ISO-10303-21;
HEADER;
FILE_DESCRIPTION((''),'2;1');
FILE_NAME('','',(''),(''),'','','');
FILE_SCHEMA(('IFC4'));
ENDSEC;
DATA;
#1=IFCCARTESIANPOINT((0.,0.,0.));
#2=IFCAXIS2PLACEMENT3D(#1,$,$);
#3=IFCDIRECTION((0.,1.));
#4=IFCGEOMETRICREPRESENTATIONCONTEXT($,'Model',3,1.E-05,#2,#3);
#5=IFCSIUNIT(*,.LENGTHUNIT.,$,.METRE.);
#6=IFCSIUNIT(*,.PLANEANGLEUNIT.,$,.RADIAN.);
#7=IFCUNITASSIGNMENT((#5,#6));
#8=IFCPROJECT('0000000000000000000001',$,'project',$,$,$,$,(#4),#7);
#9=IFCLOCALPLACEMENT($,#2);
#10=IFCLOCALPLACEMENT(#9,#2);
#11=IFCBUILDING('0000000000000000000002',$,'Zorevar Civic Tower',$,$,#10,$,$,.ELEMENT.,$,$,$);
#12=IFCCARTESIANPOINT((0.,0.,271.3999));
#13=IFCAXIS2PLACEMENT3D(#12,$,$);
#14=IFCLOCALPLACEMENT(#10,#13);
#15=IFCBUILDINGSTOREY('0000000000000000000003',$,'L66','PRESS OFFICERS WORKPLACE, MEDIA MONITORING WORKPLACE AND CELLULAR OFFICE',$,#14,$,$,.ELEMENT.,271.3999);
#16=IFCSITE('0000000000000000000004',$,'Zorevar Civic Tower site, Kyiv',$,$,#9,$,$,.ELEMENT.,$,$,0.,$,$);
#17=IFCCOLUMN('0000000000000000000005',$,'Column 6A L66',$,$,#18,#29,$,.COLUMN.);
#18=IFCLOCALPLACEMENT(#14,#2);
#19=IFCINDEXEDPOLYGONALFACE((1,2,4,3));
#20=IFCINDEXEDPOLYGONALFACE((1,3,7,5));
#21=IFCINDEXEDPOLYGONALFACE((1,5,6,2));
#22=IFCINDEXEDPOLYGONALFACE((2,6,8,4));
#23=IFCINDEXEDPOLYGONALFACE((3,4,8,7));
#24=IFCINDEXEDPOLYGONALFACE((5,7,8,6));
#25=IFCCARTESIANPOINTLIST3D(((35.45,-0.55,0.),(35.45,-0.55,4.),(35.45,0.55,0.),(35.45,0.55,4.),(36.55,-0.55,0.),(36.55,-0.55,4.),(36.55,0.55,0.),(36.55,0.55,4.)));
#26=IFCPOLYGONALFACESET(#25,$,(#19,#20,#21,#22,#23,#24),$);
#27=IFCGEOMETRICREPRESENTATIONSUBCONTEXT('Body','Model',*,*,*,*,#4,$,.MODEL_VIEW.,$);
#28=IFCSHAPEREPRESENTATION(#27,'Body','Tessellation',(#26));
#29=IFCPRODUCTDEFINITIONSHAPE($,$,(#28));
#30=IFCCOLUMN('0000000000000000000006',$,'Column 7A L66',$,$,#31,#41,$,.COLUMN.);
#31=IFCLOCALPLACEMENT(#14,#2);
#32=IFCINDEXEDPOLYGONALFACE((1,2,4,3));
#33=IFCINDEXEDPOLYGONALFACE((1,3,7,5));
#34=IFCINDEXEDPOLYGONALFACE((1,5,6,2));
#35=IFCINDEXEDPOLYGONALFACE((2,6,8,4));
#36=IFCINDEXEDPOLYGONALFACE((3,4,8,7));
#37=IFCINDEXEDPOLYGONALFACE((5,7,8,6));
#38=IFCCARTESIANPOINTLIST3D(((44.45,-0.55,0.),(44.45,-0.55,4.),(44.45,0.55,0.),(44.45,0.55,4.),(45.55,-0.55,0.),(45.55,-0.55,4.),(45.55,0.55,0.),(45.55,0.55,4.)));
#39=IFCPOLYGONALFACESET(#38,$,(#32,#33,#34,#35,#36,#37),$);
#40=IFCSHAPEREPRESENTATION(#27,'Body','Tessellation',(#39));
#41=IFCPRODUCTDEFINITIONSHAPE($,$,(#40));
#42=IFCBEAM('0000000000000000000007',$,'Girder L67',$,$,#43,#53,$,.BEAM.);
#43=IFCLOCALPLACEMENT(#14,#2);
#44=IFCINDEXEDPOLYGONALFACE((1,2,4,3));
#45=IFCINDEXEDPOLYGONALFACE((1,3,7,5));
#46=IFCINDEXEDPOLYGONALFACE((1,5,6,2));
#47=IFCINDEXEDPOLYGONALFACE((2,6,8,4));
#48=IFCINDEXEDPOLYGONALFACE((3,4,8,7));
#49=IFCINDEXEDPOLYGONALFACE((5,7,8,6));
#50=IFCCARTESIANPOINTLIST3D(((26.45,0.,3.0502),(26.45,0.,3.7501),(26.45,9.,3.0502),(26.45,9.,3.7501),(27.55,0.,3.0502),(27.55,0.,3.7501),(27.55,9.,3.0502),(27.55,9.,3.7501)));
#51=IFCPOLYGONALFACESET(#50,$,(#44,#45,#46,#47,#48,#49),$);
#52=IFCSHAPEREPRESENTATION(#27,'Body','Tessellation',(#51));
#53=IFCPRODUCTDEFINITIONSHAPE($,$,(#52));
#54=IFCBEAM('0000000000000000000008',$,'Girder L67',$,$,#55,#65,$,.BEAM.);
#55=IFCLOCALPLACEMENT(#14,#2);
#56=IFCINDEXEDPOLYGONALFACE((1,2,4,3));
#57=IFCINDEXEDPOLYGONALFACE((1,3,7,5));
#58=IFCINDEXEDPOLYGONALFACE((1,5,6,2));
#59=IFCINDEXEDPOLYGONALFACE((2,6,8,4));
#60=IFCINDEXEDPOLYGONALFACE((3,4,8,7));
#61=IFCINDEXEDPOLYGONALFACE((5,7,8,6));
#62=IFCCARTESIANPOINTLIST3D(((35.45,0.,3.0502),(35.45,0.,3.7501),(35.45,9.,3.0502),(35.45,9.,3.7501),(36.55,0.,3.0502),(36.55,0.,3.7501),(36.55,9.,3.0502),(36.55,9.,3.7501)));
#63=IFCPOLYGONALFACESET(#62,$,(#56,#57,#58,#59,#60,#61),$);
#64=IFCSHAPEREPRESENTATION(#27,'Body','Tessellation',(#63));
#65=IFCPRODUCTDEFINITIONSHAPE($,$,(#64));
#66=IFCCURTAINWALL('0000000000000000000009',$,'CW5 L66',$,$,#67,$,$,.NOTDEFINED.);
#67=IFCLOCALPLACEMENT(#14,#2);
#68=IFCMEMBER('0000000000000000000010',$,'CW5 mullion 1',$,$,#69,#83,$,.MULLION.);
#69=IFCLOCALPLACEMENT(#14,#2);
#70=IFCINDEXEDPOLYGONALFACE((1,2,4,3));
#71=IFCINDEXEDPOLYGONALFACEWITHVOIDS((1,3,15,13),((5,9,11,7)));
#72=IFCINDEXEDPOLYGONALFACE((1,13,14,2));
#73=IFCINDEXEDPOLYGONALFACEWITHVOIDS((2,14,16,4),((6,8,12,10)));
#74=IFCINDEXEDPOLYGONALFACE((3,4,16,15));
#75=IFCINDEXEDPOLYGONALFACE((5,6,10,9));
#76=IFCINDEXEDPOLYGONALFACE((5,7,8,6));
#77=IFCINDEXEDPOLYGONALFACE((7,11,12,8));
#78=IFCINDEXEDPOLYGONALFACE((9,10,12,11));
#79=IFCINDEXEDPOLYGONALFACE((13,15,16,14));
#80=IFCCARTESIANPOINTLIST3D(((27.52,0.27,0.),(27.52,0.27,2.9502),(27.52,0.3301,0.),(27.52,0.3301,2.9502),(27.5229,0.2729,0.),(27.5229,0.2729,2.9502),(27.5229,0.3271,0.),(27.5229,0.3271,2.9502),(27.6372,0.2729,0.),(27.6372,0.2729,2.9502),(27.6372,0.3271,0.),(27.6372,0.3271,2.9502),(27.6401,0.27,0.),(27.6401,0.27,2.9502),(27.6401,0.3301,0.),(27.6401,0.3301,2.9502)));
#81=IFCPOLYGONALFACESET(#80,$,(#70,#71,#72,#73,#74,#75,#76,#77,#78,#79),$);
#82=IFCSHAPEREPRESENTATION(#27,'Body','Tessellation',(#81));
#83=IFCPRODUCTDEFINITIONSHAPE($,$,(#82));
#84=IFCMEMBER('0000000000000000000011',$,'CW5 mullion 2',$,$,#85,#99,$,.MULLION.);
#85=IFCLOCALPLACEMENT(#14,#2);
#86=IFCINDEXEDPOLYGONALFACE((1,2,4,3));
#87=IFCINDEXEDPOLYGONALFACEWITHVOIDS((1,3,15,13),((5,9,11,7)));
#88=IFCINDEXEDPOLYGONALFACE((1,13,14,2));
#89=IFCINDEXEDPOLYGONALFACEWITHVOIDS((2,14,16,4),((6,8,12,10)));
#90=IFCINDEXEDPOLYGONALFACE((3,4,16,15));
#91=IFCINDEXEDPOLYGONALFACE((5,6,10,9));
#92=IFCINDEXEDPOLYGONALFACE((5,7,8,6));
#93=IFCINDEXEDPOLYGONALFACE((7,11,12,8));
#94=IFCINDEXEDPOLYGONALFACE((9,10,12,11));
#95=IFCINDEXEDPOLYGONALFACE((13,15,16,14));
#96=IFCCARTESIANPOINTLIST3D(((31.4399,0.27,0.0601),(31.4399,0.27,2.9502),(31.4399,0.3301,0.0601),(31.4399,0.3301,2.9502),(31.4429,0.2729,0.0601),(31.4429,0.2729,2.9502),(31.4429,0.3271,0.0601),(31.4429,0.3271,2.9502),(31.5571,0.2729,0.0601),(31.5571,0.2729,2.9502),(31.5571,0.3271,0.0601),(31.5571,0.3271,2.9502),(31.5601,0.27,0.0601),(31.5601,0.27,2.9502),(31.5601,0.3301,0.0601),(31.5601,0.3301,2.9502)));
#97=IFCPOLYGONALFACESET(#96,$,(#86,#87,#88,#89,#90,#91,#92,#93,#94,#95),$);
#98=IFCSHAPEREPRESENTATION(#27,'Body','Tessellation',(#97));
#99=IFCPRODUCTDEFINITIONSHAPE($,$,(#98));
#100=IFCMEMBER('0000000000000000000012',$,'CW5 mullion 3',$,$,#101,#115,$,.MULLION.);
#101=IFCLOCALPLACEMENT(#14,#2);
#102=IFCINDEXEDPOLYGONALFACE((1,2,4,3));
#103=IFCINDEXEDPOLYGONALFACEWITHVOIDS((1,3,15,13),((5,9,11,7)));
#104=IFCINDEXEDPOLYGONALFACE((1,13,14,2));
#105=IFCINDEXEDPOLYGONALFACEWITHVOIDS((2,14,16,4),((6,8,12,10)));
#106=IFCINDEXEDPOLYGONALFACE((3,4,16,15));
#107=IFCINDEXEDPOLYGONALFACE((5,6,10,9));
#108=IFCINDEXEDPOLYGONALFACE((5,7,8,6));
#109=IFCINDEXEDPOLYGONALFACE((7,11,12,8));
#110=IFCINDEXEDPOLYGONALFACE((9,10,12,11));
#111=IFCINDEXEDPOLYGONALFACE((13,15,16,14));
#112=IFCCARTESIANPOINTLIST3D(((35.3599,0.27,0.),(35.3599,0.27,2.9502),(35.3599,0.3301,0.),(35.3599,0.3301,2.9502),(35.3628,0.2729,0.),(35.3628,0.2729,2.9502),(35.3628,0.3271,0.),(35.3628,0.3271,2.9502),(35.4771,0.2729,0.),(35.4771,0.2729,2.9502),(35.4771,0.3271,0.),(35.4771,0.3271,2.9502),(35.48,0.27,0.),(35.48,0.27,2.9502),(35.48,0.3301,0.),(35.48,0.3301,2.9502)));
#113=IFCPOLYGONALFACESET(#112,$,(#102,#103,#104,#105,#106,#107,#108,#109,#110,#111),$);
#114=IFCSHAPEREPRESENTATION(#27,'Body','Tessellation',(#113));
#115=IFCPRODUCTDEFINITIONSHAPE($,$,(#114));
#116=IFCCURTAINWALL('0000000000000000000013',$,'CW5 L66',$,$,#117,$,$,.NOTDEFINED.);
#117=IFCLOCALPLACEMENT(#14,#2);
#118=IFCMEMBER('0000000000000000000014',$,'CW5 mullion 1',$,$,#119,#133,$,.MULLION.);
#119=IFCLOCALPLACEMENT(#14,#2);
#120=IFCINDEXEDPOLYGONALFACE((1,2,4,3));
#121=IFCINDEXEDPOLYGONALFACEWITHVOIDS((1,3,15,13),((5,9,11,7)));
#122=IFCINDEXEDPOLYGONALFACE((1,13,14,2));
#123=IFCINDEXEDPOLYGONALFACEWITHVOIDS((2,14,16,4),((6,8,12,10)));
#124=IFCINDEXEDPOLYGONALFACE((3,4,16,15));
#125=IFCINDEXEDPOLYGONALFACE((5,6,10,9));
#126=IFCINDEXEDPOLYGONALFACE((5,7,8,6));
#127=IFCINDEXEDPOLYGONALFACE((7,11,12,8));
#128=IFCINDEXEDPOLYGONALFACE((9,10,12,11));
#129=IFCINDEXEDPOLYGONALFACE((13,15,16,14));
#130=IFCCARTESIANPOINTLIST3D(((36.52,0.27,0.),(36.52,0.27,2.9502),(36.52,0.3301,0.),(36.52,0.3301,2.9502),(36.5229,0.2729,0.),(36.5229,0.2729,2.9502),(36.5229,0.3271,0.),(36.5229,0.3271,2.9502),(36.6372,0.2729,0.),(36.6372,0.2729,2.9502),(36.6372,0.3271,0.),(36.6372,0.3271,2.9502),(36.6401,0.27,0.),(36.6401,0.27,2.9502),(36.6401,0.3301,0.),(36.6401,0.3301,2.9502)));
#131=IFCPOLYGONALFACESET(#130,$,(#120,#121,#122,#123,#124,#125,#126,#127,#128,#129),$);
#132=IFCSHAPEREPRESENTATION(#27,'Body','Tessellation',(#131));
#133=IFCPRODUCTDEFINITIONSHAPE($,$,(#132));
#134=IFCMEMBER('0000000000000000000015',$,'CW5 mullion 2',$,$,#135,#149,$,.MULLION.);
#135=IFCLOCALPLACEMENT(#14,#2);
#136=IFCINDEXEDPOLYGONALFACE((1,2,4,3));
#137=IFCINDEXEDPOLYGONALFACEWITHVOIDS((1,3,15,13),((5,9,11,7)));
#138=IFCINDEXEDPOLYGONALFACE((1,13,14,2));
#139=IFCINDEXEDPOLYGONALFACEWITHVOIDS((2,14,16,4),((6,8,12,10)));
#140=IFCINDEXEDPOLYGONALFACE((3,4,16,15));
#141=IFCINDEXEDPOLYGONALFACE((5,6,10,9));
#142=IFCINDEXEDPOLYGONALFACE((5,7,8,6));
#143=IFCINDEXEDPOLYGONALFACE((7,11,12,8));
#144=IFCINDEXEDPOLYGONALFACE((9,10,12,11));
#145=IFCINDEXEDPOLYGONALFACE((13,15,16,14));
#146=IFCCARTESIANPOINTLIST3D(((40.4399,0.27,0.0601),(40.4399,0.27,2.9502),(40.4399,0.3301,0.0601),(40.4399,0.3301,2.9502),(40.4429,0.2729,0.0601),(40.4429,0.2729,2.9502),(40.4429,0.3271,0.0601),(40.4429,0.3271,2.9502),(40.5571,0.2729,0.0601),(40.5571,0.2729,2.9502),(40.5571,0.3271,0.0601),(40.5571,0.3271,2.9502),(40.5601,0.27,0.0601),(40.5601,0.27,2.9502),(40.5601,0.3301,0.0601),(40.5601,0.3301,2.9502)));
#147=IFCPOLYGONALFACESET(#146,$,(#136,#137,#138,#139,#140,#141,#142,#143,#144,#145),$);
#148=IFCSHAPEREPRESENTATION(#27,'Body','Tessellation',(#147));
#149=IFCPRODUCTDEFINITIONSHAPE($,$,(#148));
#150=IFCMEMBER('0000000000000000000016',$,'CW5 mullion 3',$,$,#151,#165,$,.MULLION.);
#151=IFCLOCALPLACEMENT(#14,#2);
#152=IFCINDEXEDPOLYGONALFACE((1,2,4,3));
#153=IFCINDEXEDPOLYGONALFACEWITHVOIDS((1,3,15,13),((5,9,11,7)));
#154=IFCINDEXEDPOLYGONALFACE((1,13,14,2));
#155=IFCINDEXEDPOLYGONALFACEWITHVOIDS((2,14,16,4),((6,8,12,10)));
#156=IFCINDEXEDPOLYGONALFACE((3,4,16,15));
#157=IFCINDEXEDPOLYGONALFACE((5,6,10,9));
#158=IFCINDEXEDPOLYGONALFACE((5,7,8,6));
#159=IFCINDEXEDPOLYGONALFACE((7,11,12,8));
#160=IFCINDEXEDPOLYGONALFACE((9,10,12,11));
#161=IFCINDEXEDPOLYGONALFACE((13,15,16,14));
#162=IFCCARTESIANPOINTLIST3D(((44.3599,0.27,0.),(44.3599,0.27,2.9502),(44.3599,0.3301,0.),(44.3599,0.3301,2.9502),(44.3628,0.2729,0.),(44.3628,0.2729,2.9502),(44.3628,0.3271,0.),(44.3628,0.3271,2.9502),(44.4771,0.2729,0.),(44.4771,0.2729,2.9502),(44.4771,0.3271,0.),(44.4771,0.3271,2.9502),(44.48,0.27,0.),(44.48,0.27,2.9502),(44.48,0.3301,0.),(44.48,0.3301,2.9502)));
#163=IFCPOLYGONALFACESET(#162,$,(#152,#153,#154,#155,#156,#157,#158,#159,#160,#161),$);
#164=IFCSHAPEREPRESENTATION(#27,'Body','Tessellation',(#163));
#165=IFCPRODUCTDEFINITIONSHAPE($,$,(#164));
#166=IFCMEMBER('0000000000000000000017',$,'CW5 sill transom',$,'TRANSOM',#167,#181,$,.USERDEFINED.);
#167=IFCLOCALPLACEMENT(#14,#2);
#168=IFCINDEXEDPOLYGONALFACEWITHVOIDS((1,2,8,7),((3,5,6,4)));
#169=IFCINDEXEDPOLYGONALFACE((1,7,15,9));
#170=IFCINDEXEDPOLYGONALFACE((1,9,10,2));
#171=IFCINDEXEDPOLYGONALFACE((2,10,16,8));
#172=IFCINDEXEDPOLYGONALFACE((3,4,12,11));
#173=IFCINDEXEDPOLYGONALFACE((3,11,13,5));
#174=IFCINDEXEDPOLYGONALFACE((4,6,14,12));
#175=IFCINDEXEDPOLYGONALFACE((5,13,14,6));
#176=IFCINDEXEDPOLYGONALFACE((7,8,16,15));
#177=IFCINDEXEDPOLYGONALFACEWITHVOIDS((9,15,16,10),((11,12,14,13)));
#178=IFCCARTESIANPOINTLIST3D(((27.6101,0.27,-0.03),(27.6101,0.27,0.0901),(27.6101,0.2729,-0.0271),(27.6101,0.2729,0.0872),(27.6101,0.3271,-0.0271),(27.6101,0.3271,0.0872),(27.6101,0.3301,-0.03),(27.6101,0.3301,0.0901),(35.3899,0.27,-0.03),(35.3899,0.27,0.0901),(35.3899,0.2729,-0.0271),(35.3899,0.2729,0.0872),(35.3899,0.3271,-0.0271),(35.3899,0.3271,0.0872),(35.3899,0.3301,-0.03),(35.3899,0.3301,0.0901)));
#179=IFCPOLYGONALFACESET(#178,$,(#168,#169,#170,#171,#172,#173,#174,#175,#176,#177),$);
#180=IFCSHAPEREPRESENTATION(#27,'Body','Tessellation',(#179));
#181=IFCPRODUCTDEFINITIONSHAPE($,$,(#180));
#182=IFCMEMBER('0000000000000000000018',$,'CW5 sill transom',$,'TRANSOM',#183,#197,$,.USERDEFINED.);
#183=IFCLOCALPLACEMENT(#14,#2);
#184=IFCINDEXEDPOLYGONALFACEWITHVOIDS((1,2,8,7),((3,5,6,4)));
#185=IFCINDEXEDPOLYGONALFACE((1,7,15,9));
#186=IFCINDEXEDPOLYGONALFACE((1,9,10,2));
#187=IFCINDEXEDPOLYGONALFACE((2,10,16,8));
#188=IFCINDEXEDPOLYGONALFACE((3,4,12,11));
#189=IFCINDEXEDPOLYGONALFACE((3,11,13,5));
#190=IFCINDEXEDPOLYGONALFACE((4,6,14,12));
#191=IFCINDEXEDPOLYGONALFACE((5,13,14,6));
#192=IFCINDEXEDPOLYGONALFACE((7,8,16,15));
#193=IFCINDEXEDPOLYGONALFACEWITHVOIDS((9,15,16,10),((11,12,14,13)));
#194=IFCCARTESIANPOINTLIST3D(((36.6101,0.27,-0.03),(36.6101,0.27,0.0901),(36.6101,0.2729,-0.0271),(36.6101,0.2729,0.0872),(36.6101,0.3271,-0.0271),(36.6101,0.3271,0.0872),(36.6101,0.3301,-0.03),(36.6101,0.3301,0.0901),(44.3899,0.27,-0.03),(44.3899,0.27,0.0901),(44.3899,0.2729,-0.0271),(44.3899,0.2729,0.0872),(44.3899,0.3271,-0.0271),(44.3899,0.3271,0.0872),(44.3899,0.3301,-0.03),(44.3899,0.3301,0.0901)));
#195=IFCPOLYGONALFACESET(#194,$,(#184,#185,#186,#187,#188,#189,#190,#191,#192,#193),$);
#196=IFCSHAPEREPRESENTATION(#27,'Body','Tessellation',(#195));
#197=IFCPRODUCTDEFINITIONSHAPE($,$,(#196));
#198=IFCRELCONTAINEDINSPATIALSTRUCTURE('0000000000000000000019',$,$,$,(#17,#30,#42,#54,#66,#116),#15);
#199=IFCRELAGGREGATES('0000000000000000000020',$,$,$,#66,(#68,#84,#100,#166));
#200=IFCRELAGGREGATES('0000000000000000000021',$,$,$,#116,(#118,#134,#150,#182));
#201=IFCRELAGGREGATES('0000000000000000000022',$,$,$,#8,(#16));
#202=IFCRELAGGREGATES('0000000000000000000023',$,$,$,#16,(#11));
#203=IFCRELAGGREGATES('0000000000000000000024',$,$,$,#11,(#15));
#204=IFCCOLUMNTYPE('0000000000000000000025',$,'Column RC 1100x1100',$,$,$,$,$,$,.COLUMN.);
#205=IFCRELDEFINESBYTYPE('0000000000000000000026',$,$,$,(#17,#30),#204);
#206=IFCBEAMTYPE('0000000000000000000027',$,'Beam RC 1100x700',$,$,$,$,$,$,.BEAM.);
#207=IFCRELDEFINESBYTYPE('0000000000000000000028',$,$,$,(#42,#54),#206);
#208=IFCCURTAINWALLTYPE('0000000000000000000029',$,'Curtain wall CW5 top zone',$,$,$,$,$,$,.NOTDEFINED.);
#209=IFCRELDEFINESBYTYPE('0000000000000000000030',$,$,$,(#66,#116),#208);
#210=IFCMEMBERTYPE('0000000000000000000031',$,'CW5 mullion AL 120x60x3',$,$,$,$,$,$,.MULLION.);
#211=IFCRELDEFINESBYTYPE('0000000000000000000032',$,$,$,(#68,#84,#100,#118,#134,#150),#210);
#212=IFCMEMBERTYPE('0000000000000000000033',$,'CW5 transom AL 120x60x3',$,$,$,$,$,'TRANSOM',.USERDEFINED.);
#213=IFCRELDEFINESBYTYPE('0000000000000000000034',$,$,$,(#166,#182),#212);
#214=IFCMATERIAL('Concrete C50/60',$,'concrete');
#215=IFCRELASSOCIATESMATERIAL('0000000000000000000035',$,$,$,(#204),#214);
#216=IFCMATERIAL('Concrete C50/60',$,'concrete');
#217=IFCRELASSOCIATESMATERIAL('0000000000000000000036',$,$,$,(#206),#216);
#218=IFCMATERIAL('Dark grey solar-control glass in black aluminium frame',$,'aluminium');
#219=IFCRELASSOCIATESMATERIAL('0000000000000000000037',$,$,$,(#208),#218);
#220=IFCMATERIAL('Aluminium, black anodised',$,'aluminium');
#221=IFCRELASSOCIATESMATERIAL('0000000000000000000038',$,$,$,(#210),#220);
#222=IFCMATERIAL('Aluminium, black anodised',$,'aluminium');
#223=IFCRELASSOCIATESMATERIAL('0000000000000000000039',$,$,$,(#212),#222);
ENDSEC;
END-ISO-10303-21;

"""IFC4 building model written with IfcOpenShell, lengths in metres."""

from ifc_helpers import new_model, si_unit, direction, frame, origin, origin_2d, place, context, subcontext, project, spatial, rectangle, hollow_rectangle, extrude, material, material_profile, profile_set, type_object, element, aggregate, save


model = new_model("IFC4")

# Units and contexts
model_context = context("Model", 3, precision=1e-05, world=origin(), true_north=direction((0.0, 1.0)))
body_context = subcontext(model_context, "Body", "Model", "MODEL_VIEW")
ifc_project = project(units=[si_unit("LENGTHUNIT", "METRE"), si_unit("PLANEANGLEUNIT", "RADIAN")], contexts=[model_context])

# Site, building, storey
site_placement = place(None, origin())
site = spatial("IfcSite", under=ifc_project, at=site_placement, Name="Zorevar Civic Tower site, Kyiv", CompositionType="ELEMENT", RefElevation=0.0)
building_placement = place(site_placement, origin())
building = spatial("IfcBuilding", under=site, at=building_placement, Name="Zorevar Civic Tower", CompositionType="ELEMENT")
storey_placement = place(building_placement, frame((0.0, 0.0, 271.3999)))
storey = spatial("IfcBuildingStorey", under=building, at=storey_placement, Name="L66", Description="PRESS OFFICERS WORKPLACE, MEDIA MONITORING WORKPLACE AND CELLULAR OFFICE", CompositionType="ELEMENT", Elevation=271.3999)

# Columns
ifc_material_1 = material(Name="Concrete C50/60", Category="concrete")
ifc_material_profile_1 = material_profile(ifc_material_1, rectangle(XDim=1.1001, YDim=1.1001, at=origin_2d()), Name="RC 1100x1100")
ifc_profile_set_1 = profile_set([ifc_material_profile_1], Name="Concrete C50/60")
column_type = type_object("IfcColumnType", Name="Column RC 1100x1100", PredefinedType="COLUMN", material=ifc_profile_set_1)
for number, where, z_axis, x_axis, name in (
    (1, (36.0, 0.0, 0.0), (0.0, 0.0, 1.0), (1.0, 0.0, 0.0), "Column 6A L66"),
    (2, (45.0, 0.0, 0.0), (0.0, 0.0, 1.0), (1.0, 0.0, 0.0), "Column 7A L66"),
):
    element("IfcColumn", number, at=place(storey_placement, frame(where, z_axis=z_axis, x_axis=x_axis)), inside=storey, type_object=column_type, Name=name, PredefinedType="COLUMN", context=body_context, shape_type="SweptSolid", body=[
        extrude(rectangle(XDim=1.1001, YDim=1.1001, at=origin_2d()), origin(), (0.0, 0.0, 1.0), 4.0),
    ])

# Beams
ifc_material_2 = material(Name="Concrete C50/60", Category="concrete")
ifc_material_profile_2 = material_profile(ifc_material_2, rectangle(XDim=1.1001, YDim=0.7, at=origin_2d()), Name="RC 1100x700")
ifc_profile_set_2 = profile_set([ifc_material_profile_2], Name="Concrete C50/60")
beam_type_1 = type_object("IfcBeamType", Name="Beam RC 1100x700", PredefinedType="BEAM", material=ifc_profile_set_2)
for number, where, z_axis, x_axis, name in (
    (3, (27.0, 0.0, 3.4001), (0.0, 1.0, 0.0), (-1.0, 0.0, 0.0), "Girder L67"),
    (4, (36.0, 0.0, 3.4001), (0.0, 1.0, 0.0), (-1.0, 0.0, 0.0), "Girder L67"),
):
    element("IfcBeam", number, at=place(storey_placement, frame(where, z_axis=z_axis, x_axis=x_axis)), inside=storey, type_object=beam_type_1, Name=name, PredefinedType="BEAM", context=body_context, shape_type="SweptSolid", body=[
        extrude(rectangle(XDim=1.1001, YDim=0.7, at=origin_2d()), origin(), (0.0, 0.0, 1.0), 9.0),
    ])

# Curtain walls, members
ifc_material_3 = material(Name="Dark grey solar-control glass in black aluminium frame", Category="aluminium")
curtain_wall_type = type_object("IfcCurtainWallType", Name="Curtain wall CW5 top zone", PredefinedType="NOTDEFINED", material=ifc_material_3)
curtain_wall_1_placement = place(storey_placement, origin())
curtain_wall_1 = element("IfcCurtainWall", 5, at=curtain_wall_1_placement, inside=storey, type_object=curtain_wall_type, Name="CW5 L66", PredefinedType="NOTDEFINED")
ifc_material_4 = material(Name="Aluminium, black anodised", Category="aluminium")
ifc_material_profile_3 = material_profile(ifc_material_4, hollow_rectangle(XDim=0.0601, YDim=0.1201, WallThickness=0.0029, at=origin_2d()), Name="AL 120x60x3")
ifc_profile_set_3 = profile_set([ifc_material_profile_3], Name="Aluminium, black anodised")
member_type_1 = type_object("IfcMemberType", Name="CW5 mullion AL 120x60x3", PredefinedType="MULLION", material=ifc_profile_set_3)
member_1_placement = place(storey_placement, frame((27.5801, 0.3, 0.0), z_axis=(0.0, 0.0, 1.0), x_axis=(0.0, 1.0, 0.0)))
member_1 = element("IfcMember", 6, at=member_1_placement, type_object=member_type_1, Name="CW5 mullion 1", PredefinedType="MULLION", context=body_context, shape_type="SweptSolid", body=[
    extrude(hollow_rectangle(XDim=0.0601, YDim=0.1201, WallThickness=0.0029, at=origin_2d()), origin(), (0.0, 0.0, 1.0), 2.9502),
])
member_2_placement = place(storey_placement, frame((31.5, 0.3, 0.0601), z_axis=(0.0, 0.0, 1.0), x_axis=(0.0, 1.0, 0.0)))
member_2 = element("IfcMember", 7, at=member_2_placement, type_object=member_type_1, Name="CW5 mullion 2", PredefinedType="MULLION", context=body_context, shape_type="SweptSolid", body=[
    extrude(hollow_rectangle(XDim=0.0601, YDim=0.1201, WallThickness=0.0029, at=origin_2d()), origin(), (0.0, 0.0, 1.0), 2.8901),
])
member_3_placement = place(storey_placement, frame((35.4199, 0.3, 0.0), z_axis=(0.0, 0.0, 1.0), x_axis=(0.0, 1.0, 0.0)))
member_3 = element("IfcMember", 8, at=member_3_placement, type_object=member_type_1, Name="CW5 mullion 3", PredefinedType="MULLION", context=body_context, shape_type="SweptSolid", body=[
    extrude(hollow_rectangle(XDim=0.0601, YDim=0.1201, WallThickness=0.0029, at=origin_2d()), origin(), (0.0, 0.0, 1.0), 2.9502),
])
curtain_wall_2_placement = place(storey_placement, origin())
curtain_wall_2 = element("IfcCurtainWall", 9, at=curtain_wall_2_placement, inside=storey, type_object=curtain_wall_type, Name="CW5 L66", PredefinedType="NOTDEFINED")
member_4_placement = place(storey_placement, frame((36.5801, 0.3, 0.0), z_axis=(0.0, 0.0, 1.0), x_axis=(0.0, 1.0, 0.0)))
member_4 = element("IfcMember", 10, at=member_4_placement, type_object=member_type_1, Name="CW5 mullion 1", PredefinedType="MULLION", context=body_context, shape_type="SweptSolid", body=[
    extrude(hollow_rectangle(XDim=0.0601, YDim=0.1201, WallThickness=0.0029, at=origin_2d()), origin(), (0.0, 0.0, 1.0), 2.9502),
])
member_5_placement = place(storey_placement, frame((40.5, 0.3, 0.0601), z_axis=(0.0, 0.0, 1.0), x_axis=(0.0, 1.0, 0.0)))
member_5 = element("IfcMember", 11, at=member_5_placement, type_object=member_type_1, Name="CW5 mullion 2", PredefinedType="MULLION", context=body_context, shape_type="SweptSolid", body=[
    extrude(hollow_rectangle(XDim=0.0601, YDim=0.1201, WallThickness=0.0029, at=origin_2d()), origin(), (0.0, 0.0, 1.0), 2.8901),
])
member_6_placement = place(storey_placement, frame((44.4199, 0.3, 0.0), z_axis=(0.0, 0.0, 1.0), x_axis=(0.0, 1.0, 0.0)))
member_6 = element("IfcMember", 12, at=member_6_placement, type_object=member_type_1, Name="CW5 mullion 3", PredefinedType="MULLION", context=body_context, shape_type="SweptSolid", body=[
    extrude(hollow_rectangle(XDim=0.0601, YDim=0.1201, WallThickness=0.0029, at=origin_2d()), origin(), (0.0, 0.0, 1.0), 2.9502),
])

# Members
ifc_material_5 = material(Name="Aluminium, black anodised", Category="aluminium")
ifc_material_profile_4 = material_profile(ifc_material_5, hollow_rectangle(XDim=0.0601, YDim=0.1201, WallThickness=0.0029, at=origin_2d()), Name="AL 120x60x3")
ifc_profile_set_4 = profile_set([ifc_material_profile_4], Name="Aluminium, black anodised")
member_type_2 = type_object("IfcMemberType", Name="CW5 transom AL 120x60x3", ElementType="TRANSOM", PredefinedType="USERDEFINED", material=ifc_profile_set_4)
member_7_placement = place(storey_placement, frame((27.6101, 0.3, 0.03), z_axis=(1.0, 0.0, 0.0), x_axis=(0.0, 1.0, 0.0)))
member_7 = element("IfcMember", 13, at=member_7_placement, type_object=member_type_2, Name="CW5 sill transom", ObjectType="TRANSOM", PredefinedType="USERDEFINED", context=body_context, shape_type="SweptSolid", body=[
    extrude(hollow_rectangle(XDim=0.0601, YDim=0.1201, WallThickness=0.0029, at=origin_2d()), origin(), (0.0, 0.0, 1.0), 7.7798),
])
member_8_placement = place(storey_placement, frame((36.6101, 0.3, 0.03), z_axis=(1.0, 0.0, 0.0), x_axis=(0.0, 1.0, 0.0)))
member_8 = element("IfcMember", 14, at=member_8_placement, type_object=member_type_2, Name="CW5 sill transom", ObjectType="TRANSOM", PredefinedType="USERDEFINED", context=body_context, shape_type="SweptSolid", body=[
    extrude(hollow_rectangle(XDim=0.0601, YDim=0.1201, WallThickness=0.0029, at=origin_2d()), origin(), (0.0, 0.0, 1.0), 7.7798),
])

aggregate(curtain_wall_1, [member_1, member_2, member_3, member_7])
aggregate(curtain_wall_2, [member_4, member_5, member_6, member_8])

save(model, "model.ifc")
